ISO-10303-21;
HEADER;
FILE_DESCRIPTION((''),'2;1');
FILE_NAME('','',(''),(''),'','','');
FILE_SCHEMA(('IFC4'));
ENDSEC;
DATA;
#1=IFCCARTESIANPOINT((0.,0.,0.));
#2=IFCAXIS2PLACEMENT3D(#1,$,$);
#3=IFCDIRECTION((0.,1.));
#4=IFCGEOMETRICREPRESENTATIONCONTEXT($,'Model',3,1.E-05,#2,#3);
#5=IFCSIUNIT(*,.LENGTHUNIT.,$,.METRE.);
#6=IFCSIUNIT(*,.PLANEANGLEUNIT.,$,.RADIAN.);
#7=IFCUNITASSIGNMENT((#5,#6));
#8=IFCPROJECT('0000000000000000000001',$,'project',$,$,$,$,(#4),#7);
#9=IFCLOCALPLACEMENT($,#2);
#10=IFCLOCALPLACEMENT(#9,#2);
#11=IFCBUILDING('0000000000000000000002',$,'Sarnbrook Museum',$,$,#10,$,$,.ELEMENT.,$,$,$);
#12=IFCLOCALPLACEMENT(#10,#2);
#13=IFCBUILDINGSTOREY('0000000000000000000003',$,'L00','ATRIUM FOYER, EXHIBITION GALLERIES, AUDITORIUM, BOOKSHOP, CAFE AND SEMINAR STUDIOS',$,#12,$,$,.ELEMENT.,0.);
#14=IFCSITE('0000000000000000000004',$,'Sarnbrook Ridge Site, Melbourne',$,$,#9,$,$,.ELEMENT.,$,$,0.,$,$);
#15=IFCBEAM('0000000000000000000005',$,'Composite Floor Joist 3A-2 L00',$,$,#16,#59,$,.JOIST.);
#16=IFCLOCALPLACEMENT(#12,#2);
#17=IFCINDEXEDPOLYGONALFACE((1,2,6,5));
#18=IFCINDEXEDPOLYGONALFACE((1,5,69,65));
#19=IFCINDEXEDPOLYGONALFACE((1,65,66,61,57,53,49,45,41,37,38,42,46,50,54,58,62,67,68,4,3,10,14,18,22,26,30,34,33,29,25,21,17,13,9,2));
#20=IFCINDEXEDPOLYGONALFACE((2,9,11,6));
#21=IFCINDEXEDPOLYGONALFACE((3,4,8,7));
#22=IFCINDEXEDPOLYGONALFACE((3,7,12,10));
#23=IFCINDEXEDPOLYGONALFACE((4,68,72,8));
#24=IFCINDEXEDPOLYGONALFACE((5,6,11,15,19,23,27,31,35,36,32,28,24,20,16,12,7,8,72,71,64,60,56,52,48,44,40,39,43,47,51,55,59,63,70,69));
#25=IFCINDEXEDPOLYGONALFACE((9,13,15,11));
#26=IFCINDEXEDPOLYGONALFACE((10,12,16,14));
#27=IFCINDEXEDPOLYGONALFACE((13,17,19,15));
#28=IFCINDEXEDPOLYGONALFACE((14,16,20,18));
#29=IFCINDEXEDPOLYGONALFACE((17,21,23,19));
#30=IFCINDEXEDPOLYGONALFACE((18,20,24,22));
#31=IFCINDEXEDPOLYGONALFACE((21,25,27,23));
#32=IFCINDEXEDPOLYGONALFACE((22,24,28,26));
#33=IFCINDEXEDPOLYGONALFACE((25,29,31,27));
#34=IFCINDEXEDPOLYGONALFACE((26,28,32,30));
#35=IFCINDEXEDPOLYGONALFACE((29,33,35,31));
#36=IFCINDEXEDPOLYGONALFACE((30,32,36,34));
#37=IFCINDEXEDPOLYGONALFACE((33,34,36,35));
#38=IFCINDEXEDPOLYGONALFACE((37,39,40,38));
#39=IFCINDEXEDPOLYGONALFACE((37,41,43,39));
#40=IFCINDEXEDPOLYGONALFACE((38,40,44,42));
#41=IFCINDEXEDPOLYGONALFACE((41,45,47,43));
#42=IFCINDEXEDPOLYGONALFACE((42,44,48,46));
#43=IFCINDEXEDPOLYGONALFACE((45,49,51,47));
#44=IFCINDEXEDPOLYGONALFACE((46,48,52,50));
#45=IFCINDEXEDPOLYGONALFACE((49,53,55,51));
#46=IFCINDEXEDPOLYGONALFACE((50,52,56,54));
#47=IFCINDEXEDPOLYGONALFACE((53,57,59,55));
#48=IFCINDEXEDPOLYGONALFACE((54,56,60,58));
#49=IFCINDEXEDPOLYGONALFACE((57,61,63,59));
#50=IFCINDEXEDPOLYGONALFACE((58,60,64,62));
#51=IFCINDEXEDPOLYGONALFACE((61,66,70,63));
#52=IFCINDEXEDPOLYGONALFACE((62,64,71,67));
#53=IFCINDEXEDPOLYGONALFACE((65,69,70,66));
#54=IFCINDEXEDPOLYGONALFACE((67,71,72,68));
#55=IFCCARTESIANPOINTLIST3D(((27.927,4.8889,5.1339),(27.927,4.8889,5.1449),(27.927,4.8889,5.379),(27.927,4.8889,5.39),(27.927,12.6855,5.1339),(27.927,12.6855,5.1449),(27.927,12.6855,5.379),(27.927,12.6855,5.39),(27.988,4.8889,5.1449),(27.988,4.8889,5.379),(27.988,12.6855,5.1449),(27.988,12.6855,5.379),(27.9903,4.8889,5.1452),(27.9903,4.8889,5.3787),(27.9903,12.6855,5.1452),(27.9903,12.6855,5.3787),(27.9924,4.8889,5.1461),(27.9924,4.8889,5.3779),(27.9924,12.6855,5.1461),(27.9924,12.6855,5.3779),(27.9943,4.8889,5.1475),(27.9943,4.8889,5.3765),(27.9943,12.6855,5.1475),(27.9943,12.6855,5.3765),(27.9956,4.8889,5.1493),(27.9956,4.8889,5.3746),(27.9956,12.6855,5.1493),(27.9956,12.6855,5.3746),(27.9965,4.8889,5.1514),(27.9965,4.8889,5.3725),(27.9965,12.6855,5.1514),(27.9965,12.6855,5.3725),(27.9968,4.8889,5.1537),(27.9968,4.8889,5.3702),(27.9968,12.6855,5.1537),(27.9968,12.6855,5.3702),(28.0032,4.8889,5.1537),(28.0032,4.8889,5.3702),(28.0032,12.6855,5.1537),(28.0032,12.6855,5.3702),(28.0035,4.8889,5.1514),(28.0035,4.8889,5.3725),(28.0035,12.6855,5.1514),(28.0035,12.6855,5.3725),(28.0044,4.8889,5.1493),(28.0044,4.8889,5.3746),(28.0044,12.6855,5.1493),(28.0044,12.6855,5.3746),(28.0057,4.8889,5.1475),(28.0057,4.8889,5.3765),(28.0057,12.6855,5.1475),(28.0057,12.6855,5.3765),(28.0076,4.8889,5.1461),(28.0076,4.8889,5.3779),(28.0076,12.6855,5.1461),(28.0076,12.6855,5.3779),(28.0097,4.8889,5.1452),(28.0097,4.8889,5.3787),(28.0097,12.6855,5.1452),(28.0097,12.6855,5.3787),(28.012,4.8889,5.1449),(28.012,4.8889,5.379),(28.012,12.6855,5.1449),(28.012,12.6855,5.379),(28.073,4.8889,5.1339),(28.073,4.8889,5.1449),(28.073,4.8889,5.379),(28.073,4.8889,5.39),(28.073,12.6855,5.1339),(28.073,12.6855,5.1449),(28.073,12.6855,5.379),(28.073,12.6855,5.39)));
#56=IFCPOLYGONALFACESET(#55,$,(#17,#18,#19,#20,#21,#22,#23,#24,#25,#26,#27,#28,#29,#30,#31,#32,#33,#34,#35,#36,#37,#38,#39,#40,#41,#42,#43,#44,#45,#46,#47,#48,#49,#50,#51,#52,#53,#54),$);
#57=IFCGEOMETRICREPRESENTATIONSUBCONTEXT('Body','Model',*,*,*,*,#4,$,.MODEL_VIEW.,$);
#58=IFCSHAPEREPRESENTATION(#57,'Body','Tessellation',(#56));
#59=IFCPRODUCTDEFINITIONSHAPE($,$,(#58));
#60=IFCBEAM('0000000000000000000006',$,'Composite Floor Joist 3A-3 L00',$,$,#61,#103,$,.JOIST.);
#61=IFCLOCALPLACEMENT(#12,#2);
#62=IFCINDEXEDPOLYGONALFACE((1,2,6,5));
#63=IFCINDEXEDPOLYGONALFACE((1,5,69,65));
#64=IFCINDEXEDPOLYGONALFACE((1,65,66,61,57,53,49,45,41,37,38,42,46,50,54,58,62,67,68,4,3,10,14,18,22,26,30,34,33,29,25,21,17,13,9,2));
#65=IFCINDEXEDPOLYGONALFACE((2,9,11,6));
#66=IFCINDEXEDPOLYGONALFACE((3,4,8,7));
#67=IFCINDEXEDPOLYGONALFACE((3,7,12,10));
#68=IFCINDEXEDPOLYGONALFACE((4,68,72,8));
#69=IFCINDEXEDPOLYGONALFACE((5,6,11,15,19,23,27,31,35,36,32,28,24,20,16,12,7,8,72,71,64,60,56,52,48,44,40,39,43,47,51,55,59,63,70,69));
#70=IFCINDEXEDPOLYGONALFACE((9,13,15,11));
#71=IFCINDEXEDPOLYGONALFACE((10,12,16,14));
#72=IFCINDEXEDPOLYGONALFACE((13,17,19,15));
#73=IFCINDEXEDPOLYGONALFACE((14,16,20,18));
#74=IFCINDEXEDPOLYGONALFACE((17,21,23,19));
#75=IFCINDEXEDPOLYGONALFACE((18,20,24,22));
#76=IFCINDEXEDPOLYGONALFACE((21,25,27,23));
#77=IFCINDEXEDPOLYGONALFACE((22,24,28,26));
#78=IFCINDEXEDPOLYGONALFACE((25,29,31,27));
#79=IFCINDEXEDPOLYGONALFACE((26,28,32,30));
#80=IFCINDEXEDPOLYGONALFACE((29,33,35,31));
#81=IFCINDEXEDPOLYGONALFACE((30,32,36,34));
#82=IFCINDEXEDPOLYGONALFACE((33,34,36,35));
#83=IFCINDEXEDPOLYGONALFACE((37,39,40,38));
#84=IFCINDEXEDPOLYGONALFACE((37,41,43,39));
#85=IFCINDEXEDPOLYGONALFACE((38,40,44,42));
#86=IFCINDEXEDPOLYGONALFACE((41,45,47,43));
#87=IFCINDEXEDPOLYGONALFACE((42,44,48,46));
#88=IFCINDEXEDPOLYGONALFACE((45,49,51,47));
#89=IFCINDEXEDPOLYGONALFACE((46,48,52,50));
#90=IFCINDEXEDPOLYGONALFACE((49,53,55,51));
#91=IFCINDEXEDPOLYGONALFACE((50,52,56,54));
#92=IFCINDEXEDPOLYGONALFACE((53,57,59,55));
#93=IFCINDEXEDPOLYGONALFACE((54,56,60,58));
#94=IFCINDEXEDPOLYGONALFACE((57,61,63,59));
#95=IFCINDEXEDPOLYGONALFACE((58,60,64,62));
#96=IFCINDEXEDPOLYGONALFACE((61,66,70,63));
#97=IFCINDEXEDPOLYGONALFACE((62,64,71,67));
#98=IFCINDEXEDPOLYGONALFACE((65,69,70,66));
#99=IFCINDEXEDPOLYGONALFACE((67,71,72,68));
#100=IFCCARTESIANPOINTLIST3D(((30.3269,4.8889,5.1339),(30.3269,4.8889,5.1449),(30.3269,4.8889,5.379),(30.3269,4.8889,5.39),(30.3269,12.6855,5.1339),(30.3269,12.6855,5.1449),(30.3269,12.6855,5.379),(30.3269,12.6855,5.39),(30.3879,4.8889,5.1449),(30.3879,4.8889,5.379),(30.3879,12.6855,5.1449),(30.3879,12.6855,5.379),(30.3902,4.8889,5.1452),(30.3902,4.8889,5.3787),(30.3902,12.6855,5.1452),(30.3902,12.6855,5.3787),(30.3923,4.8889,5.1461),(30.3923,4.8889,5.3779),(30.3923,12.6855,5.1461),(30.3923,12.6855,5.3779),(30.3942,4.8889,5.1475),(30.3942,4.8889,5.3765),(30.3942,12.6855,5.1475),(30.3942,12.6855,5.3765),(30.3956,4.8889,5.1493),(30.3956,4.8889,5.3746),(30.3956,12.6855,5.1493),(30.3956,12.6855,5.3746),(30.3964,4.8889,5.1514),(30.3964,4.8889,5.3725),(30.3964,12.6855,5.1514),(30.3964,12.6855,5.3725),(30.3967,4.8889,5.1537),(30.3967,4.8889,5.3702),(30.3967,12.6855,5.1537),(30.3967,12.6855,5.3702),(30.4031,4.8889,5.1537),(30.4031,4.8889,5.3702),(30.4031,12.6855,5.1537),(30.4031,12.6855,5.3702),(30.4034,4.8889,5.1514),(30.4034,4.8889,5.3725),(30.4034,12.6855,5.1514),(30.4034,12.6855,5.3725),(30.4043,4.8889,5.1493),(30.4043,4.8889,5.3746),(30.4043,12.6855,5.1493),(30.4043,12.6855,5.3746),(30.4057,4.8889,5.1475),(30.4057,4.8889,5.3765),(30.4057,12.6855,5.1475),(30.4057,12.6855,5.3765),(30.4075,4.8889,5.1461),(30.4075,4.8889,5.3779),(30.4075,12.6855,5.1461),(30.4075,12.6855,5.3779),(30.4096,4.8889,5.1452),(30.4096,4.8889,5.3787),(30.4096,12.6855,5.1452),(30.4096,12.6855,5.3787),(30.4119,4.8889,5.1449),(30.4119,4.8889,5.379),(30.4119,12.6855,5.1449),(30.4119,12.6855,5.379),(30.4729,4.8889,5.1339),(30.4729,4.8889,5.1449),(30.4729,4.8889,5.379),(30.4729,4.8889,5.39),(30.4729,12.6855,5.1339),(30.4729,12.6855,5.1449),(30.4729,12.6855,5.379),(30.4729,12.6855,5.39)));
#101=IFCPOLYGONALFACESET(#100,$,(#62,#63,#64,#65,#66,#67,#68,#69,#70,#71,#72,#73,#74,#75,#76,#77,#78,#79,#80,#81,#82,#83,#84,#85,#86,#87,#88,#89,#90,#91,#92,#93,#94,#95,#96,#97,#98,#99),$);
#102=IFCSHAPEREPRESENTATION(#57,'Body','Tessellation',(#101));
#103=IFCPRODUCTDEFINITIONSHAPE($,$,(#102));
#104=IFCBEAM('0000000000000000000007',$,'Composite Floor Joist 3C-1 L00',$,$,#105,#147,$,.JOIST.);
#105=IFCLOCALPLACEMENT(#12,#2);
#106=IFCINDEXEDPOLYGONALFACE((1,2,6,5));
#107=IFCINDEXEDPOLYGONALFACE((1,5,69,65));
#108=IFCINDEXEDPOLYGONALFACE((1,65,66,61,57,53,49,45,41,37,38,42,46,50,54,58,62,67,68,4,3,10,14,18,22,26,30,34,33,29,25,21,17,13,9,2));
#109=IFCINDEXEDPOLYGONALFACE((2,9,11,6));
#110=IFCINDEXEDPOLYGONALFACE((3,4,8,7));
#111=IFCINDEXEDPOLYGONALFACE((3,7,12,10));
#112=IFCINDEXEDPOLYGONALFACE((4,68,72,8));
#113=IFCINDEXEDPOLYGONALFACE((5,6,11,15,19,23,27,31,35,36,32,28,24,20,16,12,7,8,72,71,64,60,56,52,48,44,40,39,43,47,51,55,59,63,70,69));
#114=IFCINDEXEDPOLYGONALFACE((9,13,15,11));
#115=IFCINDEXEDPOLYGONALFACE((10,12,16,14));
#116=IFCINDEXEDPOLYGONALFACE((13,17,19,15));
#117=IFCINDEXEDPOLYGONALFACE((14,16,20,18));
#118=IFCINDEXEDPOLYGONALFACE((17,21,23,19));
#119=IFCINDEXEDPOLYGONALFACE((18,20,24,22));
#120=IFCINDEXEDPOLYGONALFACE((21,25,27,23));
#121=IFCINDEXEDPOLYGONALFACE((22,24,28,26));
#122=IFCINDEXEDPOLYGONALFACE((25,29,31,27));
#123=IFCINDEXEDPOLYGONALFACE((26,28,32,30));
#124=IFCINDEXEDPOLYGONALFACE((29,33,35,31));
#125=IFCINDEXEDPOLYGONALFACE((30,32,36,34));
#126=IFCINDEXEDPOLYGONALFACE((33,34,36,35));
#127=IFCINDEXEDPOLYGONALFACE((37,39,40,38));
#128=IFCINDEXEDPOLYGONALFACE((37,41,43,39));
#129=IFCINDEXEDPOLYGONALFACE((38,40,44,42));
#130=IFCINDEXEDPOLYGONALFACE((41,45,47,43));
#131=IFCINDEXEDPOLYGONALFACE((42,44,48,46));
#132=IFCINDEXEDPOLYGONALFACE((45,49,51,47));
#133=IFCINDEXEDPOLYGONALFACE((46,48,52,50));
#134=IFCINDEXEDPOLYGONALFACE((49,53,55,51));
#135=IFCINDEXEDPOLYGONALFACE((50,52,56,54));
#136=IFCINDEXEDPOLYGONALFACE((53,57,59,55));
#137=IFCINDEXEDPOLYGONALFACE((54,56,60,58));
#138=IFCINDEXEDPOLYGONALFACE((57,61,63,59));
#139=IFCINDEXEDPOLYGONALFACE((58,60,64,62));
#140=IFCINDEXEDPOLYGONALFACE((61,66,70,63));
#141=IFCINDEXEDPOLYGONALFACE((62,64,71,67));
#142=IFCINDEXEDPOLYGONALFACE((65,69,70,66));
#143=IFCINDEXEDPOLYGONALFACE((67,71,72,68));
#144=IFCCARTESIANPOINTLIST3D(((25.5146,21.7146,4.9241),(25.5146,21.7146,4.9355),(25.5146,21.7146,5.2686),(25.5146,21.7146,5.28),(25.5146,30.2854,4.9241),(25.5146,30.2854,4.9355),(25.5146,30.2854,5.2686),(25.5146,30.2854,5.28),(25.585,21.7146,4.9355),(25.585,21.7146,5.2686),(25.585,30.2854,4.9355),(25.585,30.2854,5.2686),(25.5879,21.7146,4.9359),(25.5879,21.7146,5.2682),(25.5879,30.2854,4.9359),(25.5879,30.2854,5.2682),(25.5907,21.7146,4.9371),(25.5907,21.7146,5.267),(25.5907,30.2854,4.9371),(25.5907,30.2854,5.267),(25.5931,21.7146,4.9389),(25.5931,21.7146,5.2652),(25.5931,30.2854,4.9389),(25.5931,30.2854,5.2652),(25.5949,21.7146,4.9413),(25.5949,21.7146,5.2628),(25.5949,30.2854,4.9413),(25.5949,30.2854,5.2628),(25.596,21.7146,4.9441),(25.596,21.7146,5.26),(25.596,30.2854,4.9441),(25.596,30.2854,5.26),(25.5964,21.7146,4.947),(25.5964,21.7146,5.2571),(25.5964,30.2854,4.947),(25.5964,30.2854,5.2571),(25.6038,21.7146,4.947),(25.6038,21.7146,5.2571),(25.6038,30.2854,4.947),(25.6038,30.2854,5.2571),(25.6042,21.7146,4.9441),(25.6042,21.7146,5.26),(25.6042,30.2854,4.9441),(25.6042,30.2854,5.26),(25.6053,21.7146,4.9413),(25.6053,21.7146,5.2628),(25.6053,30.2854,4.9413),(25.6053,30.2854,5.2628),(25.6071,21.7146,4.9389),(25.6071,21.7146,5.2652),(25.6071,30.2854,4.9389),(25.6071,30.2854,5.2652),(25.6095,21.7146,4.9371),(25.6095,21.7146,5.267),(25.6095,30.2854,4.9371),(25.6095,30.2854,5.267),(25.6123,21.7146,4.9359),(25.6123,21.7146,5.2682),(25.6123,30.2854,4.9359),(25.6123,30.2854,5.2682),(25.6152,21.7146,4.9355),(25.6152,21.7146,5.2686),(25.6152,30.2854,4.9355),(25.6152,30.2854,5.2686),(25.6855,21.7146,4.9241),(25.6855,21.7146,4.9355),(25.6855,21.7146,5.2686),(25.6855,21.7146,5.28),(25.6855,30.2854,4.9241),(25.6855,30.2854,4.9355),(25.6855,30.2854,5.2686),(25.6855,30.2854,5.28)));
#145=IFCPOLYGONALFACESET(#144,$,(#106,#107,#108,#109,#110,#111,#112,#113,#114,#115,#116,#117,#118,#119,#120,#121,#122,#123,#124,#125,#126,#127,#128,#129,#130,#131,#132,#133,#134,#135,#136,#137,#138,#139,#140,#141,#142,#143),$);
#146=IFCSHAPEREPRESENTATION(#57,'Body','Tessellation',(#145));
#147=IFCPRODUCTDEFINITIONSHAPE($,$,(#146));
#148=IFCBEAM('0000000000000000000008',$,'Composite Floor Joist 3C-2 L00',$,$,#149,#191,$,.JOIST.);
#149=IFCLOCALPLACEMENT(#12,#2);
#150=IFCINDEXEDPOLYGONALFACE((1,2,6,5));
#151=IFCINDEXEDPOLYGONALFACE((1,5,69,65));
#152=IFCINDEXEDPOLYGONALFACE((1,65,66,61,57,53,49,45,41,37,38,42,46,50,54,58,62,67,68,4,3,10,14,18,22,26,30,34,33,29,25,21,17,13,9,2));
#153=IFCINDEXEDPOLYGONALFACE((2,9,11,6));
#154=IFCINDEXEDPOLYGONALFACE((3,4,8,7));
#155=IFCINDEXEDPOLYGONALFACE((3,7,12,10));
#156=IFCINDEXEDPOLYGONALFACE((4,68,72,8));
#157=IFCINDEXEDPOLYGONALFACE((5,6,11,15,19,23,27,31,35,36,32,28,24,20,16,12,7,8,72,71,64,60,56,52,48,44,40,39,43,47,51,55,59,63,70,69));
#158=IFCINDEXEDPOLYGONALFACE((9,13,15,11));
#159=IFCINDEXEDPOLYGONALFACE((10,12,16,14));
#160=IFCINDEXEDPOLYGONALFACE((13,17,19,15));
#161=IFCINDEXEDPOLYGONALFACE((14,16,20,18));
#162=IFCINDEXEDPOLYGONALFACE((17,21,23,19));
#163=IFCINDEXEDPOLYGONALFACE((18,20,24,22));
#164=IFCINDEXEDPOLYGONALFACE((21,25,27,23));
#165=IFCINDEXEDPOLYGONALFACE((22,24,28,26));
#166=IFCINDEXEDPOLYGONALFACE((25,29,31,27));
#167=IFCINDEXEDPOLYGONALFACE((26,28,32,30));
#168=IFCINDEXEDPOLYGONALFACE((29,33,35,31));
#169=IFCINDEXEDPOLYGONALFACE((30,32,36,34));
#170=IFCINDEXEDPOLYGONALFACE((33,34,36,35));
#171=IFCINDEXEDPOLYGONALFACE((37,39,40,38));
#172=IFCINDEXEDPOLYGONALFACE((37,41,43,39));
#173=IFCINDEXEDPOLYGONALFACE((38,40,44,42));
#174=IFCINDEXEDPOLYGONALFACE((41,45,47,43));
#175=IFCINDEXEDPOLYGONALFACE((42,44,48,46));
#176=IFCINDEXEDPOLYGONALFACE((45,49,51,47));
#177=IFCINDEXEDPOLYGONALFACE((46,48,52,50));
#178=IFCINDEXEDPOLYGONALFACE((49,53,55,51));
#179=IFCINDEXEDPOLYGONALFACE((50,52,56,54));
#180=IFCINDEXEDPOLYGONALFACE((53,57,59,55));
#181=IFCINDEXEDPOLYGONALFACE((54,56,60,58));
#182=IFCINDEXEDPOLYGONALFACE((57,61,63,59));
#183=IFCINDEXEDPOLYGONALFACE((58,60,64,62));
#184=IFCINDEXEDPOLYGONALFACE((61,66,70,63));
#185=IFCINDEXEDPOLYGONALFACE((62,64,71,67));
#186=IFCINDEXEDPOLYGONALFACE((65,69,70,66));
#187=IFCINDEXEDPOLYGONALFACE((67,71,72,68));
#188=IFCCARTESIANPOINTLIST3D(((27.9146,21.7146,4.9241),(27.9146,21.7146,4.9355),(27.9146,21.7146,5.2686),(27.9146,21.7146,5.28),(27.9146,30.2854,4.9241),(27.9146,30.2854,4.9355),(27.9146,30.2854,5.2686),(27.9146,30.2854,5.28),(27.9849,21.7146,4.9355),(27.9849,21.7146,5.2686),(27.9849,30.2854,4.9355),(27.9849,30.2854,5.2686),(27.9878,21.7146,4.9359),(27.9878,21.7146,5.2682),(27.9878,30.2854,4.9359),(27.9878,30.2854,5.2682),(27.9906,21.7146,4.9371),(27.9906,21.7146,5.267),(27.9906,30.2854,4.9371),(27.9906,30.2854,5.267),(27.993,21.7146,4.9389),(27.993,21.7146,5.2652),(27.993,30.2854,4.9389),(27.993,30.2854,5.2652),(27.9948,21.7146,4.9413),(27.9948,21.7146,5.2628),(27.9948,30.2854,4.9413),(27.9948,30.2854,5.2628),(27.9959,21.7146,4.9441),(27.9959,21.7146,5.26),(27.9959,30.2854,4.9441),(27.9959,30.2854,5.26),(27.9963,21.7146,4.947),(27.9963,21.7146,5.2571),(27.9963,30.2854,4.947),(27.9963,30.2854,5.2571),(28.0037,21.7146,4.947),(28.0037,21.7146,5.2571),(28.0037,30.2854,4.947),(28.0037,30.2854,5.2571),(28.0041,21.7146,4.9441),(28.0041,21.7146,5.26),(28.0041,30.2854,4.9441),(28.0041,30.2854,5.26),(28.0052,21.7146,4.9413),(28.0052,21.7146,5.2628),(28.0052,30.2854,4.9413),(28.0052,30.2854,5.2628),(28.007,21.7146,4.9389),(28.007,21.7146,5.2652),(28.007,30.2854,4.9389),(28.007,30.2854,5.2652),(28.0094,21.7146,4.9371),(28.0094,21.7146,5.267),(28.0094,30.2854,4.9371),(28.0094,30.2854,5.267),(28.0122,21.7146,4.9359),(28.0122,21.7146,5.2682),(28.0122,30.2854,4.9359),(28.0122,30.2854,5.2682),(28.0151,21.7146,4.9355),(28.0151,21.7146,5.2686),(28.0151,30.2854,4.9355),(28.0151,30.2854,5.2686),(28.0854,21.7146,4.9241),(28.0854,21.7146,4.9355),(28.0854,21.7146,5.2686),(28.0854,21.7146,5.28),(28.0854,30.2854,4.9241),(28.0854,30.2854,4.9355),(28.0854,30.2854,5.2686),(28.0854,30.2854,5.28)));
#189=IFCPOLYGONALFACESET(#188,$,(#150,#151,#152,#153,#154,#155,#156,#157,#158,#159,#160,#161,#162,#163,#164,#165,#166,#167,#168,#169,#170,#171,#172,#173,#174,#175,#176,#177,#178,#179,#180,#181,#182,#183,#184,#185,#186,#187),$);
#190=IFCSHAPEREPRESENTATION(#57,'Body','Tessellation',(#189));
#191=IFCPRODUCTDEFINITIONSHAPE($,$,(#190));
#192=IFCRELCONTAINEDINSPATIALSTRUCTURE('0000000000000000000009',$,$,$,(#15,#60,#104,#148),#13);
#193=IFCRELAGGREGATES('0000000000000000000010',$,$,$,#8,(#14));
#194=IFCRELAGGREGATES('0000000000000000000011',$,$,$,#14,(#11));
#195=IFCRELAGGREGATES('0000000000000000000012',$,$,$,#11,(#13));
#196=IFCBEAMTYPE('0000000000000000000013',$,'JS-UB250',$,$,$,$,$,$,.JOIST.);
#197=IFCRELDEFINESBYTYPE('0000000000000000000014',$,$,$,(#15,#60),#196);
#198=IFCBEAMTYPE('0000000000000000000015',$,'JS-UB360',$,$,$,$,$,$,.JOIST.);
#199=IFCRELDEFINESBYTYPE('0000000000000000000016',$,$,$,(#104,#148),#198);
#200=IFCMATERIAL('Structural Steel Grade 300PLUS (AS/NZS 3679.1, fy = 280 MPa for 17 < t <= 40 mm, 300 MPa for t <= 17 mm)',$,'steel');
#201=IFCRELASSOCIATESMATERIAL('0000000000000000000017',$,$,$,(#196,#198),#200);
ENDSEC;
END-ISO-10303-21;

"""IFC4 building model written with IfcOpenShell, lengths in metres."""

from ifc_helpers import new_model, si_unit, direction, frame, origin, origin_2d, place, context, subcontext, project, spatial, i_section, extrude, material, material_profile, profile_set, type_object, element, save


model = new_model("IFC4")

# Units and contexts
model_context = context("Model", 3, precision=1e-05, world=origin(), true_north=direction((0.0, 1.0)))
body_context = subcontext(model_context, "Body", "Model", "MODEL_VIEW")
ifc_project = project(units=[si_unit("LENGTHUNIT", "METRE"), si_unit("PLANEANGLEUNIT", "RADIAN")], contexts=[model_context])

# Site, building, storey
site_placement = place(None, origin())
site = spatial("IfcSite", under=ifc_project, at=site_placement, Name="Sarnbrook Ridge Site, Melbourne", CompositionType="ELEMENT", RefElevation=0.0)
building_placement = place(site_placement, origin())
building = spatial("IfcBuilding", under=site, at=building_placement, Name="Sarnbrook Museum", CompositionType="ELEMENT")
storey_placement = place(building_placement, origin())
storey = spatial("IfcBuildingStorey", under=building, at=storey_placement, Name="L00", Description="ATRIUM FOYER, EXHIBITION GALLERIES, AUDITORIUM, BOOKSHOP, CAFE AND SEMINAR STUDIOS", CompositionType="ELEMENT", Elevation=0.0)

# Shared definitions
ifc_material_1 = material(Name="Structural Steel Grade 300PLUS (AS/NZS 3679.1, fy = 280 MPa for 17 < t <= 40 mm, 300 MPa for t <= 17 mm)", Category="steel")

# Beams
ifc_material_profile_1 = material_profile(ifc_material_1, i_section(OverallWidth=0.146, OverallDepth=0.2561, WebThickness=0.0063, FlangeThickness=0.011, FilletRadius=0.0088, at=origin_2d()), Name="250UB37.3")
ifc_profile_set_1 = profile_set([ifc_material_profile_1], Name="Structural Steel Grade 300PLUS (AS/NZS 3679.1, fy = 280 MPa for 17 < t <= 40 mm, 300 MPa for t <= 17 mm)")
beam_type_1 = type_object("IfcBeamType", Name="JS-UB250", PredefinedType="JOIST", material=ifc_profile_set_1)
for number, where, z_axis, x_axis, name in (
    (1, (28.0, 4.8889, 5.262), (0.0, 1.0, 0.0), (-1.0, 0.0, 0.0), "Composite Floor Joist 3A-2 L00"),
    (2, (30.3999, 4.8889, 5.262), (0.0, 1.0, 0.0), (-1.0, 0.0, 0.0), "Composite Floor Joist 3A-3 L00"),
):
    element("IfcBeam", number, at=place(storey_placement, frame(where, z_axis=z_axis, x_axis=x_axis)), inside=storey, type_object=beam_type_1, Name=name, PredefinedType="JOIST", context=body_context, shape_type="SweptSolid", body=[
        extrude(i_section(OverallWidth=0.146, OverallDepth=0.2561, WebThickness=0.0063, FlangeThickness=0.011, FilletRadius=0.0088, at=origin_2d()), origin(), (0.0, 0.0, 1.0), 7.7966),
    ])
ifc_material_profile_2 = material_profile(ifc_material_1, i_section(OverallWidth=0.1709, OverallDepth=0.356, WebThickness=0.0073, FlangeThickness=0.0115, FilletRadius=0.0115, at=origin_2d()), Name="360UB50.7")
ifc_profile_set_2 = profile_set([ifc_material_profile_2], Name="Structural Steel Grade 300PLUS (AS/NZS 3679.1, fy = 280 MPa for 17 < t <= 40 mm, 300 MPa for t <= 17 mm)")
beam_type_2 = type_object("IfcBeamType", Name="JS-UB360", PredefinedType="JOIST", material=ifc_profile_set_2)
for number, where, z_axis, x_axis, name in (
    (3, (25.6001, 21.7146, 5.1021), (0.0, 1.0, 0.0), (-1.0, 0.0, 0.0), "Composite Floor Joist 3C-1 L00"),
    (4, (28.0, 21.7146, 5.1021), (0.0, 1.0, 0.0), (-1.0, 0.0, 0.0), "Composite Floor Joist 3C-2 L00"),
):
    element("IfcBeam", number, at=place(storey_placement, frame(where, z_axis=z_axis, x_axis=x_axis)), inside=storey, type_object=beam_type_2, Name=name, PredefinedType="JOIST", context=body_context, shape_type="SweptSolid", body=[
        extrude(i_section(OverallWidth=0.1709, OverallDepth=0.356, WebThickness=0.0073, FlangeThickness=0.0115, FilletRadius=0.0115, at=origin_2d()), origin(), (0.0, 0.0, 1.0), 8.5708),
    ])

save(model, "model.ifc")
